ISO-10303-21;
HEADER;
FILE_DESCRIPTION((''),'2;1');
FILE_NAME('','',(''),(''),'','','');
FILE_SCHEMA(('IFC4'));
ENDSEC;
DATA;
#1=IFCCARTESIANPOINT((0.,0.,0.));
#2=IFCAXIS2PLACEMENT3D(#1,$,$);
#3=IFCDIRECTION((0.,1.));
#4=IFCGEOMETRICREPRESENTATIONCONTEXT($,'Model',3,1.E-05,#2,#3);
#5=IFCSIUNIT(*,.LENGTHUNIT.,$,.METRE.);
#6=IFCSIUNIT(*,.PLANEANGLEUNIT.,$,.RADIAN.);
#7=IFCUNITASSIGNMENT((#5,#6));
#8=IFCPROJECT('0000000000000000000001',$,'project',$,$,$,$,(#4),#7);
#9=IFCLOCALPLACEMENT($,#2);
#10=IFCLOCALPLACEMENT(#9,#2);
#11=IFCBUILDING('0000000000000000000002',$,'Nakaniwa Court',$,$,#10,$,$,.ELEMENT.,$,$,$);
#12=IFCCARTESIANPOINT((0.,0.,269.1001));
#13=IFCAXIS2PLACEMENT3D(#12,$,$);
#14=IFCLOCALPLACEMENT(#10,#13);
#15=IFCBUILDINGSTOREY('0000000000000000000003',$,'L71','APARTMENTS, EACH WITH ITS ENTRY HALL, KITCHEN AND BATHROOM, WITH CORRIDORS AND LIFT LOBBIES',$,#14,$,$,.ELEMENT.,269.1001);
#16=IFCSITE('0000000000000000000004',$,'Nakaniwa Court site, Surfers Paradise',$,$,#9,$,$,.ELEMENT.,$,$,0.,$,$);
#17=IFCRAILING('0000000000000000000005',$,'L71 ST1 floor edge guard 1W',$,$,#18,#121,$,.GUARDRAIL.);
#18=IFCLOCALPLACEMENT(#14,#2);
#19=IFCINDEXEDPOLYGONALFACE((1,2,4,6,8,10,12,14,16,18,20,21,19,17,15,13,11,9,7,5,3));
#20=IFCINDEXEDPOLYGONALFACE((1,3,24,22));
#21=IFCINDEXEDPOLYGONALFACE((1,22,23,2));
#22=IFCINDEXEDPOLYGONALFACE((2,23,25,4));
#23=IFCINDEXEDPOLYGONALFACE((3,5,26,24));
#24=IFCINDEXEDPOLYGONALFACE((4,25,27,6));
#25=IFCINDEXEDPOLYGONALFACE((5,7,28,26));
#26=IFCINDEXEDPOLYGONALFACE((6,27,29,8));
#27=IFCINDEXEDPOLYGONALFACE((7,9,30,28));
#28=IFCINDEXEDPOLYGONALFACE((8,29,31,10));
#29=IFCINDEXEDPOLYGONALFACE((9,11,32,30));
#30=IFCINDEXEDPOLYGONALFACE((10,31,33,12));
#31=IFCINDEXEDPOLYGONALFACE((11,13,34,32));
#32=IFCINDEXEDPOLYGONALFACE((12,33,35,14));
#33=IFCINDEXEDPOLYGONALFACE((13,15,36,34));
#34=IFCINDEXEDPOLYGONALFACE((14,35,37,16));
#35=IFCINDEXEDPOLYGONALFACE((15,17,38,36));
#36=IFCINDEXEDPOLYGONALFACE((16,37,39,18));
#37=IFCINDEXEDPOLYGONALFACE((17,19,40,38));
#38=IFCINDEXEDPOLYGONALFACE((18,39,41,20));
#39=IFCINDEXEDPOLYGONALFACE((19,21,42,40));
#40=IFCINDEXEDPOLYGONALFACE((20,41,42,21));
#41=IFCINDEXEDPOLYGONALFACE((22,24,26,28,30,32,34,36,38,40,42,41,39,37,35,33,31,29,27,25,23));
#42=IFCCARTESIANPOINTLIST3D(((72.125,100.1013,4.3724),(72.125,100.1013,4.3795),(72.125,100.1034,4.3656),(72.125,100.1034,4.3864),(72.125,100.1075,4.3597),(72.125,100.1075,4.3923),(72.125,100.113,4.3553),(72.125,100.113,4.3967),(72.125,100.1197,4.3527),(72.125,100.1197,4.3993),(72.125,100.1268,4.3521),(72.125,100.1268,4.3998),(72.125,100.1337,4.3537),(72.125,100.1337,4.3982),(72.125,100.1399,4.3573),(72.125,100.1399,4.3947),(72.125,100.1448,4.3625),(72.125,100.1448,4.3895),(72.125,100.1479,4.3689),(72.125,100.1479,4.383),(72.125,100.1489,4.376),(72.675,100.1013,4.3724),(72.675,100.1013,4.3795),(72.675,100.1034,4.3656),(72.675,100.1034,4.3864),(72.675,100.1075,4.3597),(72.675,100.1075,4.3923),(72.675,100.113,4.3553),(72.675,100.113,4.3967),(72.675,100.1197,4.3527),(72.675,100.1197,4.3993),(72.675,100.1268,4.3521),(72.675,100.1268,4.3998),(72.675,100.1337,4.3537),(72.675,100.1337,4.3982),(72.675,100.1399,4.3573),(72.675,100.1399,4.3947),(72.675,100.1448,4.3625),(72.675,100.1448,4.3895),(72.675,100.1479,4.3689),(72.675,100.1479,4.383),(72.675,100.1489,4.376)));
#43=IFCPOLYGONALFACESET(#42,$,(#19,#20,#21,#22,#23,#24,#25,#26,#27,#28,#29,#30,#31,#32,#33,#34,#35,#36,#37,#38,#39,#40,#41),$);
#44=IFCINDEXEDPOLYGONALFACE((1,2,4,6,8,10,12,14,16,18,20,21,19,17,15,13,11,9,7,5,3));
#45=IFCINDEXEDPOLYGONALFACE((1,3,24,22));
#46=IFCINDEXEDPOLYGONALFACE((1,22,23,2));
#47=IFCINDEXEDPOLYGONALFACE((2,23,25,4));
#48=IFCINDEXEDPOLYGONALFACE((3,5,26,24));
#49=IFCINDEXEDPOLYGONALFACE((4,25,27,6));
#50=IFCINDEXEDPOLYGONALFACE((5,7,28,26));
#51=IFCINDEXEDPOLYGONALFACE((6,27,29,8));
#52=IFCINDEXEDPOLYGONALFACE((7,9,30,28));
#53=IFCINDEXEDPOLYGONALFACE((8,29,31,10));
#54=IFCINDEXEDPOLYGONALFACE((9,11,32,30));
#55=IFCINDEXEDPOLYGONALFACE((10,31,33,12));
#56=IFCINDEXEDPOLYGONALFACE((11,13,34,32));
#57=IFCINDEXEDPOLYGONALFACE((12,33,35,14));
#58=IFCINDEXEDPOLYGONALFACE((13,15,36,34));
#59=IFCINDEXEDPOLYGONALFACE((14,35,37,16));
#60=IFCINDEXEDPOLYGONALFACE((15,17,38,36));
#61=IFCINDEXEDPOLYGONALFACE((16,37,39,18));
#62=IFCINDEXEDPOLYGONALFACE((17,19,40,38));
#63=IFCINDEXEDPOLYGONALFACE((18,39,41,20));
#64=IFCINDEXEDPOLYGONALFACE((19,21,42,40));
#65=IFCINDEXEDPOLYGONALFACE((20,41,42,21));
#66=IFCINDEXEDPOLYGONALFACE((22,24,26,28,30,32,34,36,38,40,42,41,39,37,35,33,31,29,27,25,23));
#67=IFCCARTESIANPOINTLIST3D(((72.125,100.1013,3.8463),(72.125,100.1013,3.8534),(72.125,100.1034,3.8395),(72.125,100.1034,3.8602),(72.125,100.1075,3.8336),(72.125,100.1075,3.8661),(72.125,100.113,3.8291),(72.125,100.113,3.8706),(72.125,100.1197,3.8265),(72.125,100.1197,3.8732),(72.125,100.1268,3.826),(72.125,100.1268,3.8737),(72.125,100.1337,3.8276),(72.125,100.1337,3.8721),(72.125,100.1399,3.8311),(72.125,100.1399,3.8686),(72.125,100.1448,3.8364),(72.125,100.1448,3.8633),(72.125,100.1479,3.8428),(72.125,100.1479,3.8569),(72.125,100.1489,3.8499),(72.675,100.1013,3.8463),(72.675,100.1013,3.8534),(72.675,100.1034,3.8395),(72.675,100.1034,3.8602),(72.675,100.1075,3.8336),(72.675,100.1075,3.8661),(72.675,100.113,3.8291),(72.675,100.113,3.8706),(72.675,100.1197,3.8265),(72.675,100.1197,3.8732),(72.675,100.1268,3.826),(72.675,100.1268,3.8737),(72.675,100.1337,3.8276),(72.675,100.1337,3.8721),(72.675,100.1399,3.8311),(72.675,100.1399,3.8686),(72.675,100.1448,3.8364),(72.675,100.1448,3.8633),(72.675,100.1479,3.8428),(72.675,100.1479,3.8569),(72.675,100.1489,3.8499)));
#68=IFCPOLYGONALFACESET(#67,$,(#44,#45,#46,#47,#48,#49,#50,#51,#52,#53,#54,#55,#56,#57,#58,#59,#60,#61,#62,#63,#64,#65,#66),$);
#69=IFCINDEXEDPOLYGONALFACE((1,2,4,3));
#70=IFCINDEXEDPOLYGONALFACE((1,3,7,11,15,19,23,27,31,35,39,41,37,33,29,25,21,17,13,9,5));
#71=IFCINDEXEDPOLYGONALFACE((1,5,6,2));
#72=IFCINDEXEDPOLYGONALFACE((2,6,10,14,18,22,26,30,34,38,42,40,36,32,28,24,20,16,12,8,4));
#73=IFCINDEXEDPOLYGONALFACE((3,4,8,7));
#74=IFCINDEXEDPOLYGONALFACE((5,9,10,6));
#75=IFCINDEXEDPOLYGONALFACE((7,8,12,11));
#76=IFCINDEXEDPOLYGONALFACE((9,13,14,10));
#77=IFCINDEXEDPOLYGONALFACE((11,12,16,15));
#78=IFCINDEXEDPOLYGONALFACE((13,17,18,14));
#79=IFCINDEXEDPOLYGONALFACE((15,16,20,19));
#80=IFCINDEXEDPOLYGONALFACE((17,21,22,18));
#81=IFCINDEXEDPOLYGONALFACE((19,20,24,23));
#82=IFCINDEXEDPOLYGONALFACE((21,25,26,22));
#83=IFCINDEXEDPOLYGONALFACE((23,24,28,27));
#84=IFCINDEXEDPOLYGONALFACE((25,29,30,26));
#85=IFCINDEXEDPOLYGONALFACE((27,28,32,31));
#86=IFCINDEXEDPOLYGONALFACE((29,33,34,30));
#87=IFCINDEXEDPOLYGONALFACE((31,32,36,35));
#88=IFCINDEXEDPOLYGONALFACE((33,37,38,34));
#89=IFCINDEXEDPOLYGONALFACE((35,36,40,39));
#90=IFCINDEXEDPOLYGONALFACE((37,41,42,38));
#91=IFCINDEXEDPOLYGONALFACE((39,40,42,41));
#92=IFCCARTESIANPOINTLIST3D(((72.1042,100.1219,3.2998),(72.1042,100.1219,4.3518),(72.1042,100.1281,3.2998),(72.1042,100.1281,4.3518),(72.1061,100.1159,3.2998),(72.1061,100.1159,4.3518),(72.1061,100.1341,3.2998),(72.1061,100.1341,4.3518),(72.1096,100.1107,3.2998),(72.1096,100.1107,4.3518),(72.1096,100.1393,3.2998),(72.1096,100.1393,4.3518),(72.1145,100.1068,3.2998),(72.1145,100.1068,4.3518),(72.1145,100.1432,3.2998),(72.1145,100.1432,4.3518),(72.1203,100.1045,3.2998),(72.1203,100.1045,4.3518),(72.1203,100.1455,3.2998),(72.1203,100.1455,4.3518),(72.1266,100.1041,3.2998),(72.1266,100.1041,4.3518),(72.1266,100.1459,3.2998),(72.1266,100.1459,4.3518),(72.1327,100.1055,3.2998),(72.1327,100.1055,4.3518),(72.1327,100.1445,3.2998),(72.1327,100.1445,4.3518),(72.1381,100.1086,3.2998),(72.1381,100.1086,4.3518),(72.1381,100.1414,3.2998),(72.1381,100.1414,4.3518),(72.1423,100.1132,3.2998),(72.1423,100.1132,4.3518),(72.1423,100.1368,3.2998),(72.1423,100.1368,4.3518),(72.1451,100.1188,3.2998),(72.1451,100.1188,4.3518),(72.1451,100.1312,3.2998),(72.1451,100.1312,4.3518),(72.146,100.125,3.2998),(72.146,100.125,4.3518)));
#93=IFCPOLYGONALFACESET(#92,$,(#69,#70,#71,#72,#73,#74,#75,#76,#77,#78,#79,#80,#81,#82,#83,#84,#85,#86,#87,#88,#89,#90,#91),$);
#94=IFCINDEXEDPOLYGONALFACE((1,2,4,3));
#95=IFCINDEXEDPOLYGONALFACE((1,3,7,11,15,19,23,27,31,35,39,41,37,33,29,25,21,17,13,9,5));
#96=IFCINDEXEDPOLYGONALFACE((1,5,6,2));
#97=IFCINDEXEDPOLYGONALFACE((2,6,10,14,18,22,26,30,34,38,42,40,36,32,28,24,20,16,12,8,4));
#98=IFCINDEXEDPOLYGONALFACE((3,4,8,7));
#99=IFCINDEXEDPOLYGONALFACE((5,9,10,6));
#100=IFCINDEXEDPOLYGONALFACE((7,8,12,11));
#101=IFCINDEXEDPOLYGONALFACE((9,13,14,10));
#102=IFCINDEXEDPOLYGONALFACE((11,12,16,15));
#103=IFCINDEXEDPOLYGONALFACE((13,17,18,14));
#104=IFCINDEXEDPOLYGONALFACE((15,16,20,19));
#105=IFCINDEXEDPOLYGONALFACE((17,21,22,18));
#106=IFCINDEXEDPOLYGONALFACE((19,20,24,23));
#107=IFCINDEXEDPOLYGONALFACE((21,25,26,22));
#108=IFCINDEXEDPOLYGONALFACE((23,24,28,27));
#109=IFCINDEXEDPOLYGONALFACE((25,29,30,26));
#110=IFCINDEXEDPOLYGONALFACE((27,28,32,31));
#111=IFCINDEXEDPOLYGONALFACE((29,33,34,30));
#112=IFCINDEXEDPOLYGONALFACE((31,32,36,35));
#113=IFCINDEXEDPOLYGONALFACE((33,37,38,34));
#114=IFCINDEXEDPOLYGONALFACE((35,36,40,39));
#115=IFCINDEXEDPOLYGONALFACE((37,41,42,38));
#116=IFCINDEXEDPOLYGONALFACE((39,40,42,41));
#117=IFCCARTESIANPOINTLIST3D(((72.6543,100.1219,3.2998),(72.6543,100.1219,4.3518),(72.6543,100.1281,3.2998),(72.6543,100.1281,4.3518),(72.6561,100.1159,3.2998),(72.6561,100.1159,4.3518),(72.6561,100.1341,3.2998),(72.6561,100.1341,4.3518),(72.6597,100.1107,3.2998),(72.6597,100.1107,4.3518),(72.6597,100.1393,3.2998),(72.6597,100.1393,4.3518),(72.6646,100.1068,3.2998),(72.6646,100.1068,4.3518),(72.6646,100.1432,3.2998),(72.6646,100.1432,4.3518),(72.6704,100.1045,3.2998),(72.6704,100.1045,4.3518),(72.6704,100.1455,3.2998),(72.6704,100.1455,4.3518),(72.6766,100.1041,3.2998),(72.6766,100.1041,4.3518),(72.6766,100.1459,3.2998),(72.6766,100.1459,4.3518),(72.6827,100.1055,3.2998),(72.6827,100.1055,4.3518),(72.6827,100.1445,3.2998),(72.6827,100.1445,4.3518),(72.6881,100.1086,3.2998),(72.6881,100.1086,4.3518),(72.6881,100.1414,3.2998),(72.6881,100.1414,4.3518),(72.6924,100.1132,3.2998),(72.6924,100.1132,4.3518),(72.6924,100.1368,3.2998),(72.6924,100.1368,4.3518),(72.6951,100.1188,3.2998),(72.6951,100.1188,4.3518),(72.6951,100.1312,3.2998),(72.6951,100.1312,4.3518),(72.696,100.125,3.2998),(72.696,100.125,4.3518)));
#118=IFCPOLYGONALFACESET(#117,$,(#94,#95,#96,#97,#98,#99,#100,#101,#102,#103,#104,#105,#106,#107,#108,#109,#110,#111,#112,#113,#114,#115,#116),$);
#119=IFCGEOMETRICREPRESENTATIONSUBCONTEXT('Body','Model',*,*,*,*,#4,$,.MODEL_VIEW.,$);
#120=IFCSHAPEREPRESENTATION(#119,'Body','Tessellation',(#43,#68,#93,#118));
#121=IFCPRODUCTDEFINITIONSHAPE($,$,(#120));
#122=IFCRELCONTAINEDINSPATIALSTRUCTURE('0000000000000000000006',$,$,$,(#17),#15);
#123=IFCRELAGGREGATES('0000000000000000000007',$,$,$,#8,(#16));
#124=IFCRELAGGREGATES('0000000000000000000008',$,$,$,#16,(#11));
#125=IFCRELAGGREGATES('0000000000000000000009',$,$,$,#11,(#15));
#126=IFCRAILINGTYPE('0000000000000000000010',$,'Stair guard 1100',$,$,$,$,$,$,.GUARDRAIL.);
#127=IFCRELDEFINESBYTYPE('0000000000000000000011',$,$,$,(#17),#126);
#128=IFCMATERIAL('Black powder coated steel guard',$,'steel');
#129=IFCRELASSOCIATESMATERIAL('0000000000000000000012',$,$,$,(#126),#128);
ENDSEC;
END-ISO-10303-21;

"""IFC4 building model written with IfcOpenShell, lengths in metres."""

from ifc_helpers import new_model, si_unit, direction, frame, origin, origin_2d, place, context, subcontext, project, spatial, circle, extrude, material, type_object, element, save


model = new_model("IFC4")

# Units and contexts
model_context = context("Model", 3, precision=1e-05, world=origin(), true_north=direction((0.0, 1.0)))
body_context = subcontext(model_context, "Body", "Model", "MODEL_VIEW")
ifc_project = project(units=[si_unit("LENGTHUNIT", "METRE"), si_unit("PLANEANGLEUNIT", "RADIAN")], contexts=[model_context])

# Site, building, storey
site_placement = place(None, origin())
site = spatial("IfcSite", under=ifc_project, at=site_placement, Name="Nakaniwa Court site, Surfers Paradise", CompositionType="ELEMENT", RefElevation=0.0)
building_placement = place(site_placement, origin())
building = spatial("IfcBuilding", under=site, at=building_placement, Name="Nakaniwa Court", CompositionType="ELEMENT")
storey_placement = place(building_placement, frame((0.0, 0.0, 269.1001)))
storey = spatial("IfcBuildingStorey", under=building, at=storey_placement, Name="L71", Description="APARTMENTS, EACH WITH ITS ENTRY HALL, KITCHEN AND BATHROOM, WITH CORRIDORS AND LIFT LOBBIES", CompositionType="ELEMENT", Elevation=269.1001)

# Railing
ifc_material_1 = material(Name="Black powder coated steel guard", Category="steel")
railing_type_1 = type_object("IfcRailingType", Name="Stair guard 1100", PredefinedType="GUARDRAIL", material=ifc_material_1)
for number, where, name in (
    (1, (72.125, 100.125, 3.2998), "L71 ST1 floor edge guard 1W"),
):
    element("IfcRailing", number, at=place(storey_placement, frame(where)), inside=storey, type_object=railing_type_1, Name=name, PredefinedType="GUARDRAIL", context=body_context, shape_type="SweptSolid", body=[
        extrude(circle(Radius=0.0239, at=origin_2d()), frame((0.0, 0.0, 1.0762), z_axis=(1.0, 0.0, 0.0), x_axis=(0.0, 1.0, 0.0)), (0.0, 0.0, 1.0), 0.55),
        extrude(circle(Radius=0.0239, at=origin_2d()), frame((0.0, 0.0, 0.55), z_axis=(1.0, 0.0, 0.0), x_axis=(0.0, 1.0, 0.0)), (0.0, 0.0, 1.0), 0.55),
        extrude(circle(Radius=0.021, at=origin_2d()), origin(), (0.0, 0.0, 1.0), 1.052),
        extrude(circle(Radius=0.021, at=origin_2d()), frame((0.55, 0.0, 0.0)), (0.0, 0.0, 1.0), 1.052),
    ])

save(model, "model.ifc")
